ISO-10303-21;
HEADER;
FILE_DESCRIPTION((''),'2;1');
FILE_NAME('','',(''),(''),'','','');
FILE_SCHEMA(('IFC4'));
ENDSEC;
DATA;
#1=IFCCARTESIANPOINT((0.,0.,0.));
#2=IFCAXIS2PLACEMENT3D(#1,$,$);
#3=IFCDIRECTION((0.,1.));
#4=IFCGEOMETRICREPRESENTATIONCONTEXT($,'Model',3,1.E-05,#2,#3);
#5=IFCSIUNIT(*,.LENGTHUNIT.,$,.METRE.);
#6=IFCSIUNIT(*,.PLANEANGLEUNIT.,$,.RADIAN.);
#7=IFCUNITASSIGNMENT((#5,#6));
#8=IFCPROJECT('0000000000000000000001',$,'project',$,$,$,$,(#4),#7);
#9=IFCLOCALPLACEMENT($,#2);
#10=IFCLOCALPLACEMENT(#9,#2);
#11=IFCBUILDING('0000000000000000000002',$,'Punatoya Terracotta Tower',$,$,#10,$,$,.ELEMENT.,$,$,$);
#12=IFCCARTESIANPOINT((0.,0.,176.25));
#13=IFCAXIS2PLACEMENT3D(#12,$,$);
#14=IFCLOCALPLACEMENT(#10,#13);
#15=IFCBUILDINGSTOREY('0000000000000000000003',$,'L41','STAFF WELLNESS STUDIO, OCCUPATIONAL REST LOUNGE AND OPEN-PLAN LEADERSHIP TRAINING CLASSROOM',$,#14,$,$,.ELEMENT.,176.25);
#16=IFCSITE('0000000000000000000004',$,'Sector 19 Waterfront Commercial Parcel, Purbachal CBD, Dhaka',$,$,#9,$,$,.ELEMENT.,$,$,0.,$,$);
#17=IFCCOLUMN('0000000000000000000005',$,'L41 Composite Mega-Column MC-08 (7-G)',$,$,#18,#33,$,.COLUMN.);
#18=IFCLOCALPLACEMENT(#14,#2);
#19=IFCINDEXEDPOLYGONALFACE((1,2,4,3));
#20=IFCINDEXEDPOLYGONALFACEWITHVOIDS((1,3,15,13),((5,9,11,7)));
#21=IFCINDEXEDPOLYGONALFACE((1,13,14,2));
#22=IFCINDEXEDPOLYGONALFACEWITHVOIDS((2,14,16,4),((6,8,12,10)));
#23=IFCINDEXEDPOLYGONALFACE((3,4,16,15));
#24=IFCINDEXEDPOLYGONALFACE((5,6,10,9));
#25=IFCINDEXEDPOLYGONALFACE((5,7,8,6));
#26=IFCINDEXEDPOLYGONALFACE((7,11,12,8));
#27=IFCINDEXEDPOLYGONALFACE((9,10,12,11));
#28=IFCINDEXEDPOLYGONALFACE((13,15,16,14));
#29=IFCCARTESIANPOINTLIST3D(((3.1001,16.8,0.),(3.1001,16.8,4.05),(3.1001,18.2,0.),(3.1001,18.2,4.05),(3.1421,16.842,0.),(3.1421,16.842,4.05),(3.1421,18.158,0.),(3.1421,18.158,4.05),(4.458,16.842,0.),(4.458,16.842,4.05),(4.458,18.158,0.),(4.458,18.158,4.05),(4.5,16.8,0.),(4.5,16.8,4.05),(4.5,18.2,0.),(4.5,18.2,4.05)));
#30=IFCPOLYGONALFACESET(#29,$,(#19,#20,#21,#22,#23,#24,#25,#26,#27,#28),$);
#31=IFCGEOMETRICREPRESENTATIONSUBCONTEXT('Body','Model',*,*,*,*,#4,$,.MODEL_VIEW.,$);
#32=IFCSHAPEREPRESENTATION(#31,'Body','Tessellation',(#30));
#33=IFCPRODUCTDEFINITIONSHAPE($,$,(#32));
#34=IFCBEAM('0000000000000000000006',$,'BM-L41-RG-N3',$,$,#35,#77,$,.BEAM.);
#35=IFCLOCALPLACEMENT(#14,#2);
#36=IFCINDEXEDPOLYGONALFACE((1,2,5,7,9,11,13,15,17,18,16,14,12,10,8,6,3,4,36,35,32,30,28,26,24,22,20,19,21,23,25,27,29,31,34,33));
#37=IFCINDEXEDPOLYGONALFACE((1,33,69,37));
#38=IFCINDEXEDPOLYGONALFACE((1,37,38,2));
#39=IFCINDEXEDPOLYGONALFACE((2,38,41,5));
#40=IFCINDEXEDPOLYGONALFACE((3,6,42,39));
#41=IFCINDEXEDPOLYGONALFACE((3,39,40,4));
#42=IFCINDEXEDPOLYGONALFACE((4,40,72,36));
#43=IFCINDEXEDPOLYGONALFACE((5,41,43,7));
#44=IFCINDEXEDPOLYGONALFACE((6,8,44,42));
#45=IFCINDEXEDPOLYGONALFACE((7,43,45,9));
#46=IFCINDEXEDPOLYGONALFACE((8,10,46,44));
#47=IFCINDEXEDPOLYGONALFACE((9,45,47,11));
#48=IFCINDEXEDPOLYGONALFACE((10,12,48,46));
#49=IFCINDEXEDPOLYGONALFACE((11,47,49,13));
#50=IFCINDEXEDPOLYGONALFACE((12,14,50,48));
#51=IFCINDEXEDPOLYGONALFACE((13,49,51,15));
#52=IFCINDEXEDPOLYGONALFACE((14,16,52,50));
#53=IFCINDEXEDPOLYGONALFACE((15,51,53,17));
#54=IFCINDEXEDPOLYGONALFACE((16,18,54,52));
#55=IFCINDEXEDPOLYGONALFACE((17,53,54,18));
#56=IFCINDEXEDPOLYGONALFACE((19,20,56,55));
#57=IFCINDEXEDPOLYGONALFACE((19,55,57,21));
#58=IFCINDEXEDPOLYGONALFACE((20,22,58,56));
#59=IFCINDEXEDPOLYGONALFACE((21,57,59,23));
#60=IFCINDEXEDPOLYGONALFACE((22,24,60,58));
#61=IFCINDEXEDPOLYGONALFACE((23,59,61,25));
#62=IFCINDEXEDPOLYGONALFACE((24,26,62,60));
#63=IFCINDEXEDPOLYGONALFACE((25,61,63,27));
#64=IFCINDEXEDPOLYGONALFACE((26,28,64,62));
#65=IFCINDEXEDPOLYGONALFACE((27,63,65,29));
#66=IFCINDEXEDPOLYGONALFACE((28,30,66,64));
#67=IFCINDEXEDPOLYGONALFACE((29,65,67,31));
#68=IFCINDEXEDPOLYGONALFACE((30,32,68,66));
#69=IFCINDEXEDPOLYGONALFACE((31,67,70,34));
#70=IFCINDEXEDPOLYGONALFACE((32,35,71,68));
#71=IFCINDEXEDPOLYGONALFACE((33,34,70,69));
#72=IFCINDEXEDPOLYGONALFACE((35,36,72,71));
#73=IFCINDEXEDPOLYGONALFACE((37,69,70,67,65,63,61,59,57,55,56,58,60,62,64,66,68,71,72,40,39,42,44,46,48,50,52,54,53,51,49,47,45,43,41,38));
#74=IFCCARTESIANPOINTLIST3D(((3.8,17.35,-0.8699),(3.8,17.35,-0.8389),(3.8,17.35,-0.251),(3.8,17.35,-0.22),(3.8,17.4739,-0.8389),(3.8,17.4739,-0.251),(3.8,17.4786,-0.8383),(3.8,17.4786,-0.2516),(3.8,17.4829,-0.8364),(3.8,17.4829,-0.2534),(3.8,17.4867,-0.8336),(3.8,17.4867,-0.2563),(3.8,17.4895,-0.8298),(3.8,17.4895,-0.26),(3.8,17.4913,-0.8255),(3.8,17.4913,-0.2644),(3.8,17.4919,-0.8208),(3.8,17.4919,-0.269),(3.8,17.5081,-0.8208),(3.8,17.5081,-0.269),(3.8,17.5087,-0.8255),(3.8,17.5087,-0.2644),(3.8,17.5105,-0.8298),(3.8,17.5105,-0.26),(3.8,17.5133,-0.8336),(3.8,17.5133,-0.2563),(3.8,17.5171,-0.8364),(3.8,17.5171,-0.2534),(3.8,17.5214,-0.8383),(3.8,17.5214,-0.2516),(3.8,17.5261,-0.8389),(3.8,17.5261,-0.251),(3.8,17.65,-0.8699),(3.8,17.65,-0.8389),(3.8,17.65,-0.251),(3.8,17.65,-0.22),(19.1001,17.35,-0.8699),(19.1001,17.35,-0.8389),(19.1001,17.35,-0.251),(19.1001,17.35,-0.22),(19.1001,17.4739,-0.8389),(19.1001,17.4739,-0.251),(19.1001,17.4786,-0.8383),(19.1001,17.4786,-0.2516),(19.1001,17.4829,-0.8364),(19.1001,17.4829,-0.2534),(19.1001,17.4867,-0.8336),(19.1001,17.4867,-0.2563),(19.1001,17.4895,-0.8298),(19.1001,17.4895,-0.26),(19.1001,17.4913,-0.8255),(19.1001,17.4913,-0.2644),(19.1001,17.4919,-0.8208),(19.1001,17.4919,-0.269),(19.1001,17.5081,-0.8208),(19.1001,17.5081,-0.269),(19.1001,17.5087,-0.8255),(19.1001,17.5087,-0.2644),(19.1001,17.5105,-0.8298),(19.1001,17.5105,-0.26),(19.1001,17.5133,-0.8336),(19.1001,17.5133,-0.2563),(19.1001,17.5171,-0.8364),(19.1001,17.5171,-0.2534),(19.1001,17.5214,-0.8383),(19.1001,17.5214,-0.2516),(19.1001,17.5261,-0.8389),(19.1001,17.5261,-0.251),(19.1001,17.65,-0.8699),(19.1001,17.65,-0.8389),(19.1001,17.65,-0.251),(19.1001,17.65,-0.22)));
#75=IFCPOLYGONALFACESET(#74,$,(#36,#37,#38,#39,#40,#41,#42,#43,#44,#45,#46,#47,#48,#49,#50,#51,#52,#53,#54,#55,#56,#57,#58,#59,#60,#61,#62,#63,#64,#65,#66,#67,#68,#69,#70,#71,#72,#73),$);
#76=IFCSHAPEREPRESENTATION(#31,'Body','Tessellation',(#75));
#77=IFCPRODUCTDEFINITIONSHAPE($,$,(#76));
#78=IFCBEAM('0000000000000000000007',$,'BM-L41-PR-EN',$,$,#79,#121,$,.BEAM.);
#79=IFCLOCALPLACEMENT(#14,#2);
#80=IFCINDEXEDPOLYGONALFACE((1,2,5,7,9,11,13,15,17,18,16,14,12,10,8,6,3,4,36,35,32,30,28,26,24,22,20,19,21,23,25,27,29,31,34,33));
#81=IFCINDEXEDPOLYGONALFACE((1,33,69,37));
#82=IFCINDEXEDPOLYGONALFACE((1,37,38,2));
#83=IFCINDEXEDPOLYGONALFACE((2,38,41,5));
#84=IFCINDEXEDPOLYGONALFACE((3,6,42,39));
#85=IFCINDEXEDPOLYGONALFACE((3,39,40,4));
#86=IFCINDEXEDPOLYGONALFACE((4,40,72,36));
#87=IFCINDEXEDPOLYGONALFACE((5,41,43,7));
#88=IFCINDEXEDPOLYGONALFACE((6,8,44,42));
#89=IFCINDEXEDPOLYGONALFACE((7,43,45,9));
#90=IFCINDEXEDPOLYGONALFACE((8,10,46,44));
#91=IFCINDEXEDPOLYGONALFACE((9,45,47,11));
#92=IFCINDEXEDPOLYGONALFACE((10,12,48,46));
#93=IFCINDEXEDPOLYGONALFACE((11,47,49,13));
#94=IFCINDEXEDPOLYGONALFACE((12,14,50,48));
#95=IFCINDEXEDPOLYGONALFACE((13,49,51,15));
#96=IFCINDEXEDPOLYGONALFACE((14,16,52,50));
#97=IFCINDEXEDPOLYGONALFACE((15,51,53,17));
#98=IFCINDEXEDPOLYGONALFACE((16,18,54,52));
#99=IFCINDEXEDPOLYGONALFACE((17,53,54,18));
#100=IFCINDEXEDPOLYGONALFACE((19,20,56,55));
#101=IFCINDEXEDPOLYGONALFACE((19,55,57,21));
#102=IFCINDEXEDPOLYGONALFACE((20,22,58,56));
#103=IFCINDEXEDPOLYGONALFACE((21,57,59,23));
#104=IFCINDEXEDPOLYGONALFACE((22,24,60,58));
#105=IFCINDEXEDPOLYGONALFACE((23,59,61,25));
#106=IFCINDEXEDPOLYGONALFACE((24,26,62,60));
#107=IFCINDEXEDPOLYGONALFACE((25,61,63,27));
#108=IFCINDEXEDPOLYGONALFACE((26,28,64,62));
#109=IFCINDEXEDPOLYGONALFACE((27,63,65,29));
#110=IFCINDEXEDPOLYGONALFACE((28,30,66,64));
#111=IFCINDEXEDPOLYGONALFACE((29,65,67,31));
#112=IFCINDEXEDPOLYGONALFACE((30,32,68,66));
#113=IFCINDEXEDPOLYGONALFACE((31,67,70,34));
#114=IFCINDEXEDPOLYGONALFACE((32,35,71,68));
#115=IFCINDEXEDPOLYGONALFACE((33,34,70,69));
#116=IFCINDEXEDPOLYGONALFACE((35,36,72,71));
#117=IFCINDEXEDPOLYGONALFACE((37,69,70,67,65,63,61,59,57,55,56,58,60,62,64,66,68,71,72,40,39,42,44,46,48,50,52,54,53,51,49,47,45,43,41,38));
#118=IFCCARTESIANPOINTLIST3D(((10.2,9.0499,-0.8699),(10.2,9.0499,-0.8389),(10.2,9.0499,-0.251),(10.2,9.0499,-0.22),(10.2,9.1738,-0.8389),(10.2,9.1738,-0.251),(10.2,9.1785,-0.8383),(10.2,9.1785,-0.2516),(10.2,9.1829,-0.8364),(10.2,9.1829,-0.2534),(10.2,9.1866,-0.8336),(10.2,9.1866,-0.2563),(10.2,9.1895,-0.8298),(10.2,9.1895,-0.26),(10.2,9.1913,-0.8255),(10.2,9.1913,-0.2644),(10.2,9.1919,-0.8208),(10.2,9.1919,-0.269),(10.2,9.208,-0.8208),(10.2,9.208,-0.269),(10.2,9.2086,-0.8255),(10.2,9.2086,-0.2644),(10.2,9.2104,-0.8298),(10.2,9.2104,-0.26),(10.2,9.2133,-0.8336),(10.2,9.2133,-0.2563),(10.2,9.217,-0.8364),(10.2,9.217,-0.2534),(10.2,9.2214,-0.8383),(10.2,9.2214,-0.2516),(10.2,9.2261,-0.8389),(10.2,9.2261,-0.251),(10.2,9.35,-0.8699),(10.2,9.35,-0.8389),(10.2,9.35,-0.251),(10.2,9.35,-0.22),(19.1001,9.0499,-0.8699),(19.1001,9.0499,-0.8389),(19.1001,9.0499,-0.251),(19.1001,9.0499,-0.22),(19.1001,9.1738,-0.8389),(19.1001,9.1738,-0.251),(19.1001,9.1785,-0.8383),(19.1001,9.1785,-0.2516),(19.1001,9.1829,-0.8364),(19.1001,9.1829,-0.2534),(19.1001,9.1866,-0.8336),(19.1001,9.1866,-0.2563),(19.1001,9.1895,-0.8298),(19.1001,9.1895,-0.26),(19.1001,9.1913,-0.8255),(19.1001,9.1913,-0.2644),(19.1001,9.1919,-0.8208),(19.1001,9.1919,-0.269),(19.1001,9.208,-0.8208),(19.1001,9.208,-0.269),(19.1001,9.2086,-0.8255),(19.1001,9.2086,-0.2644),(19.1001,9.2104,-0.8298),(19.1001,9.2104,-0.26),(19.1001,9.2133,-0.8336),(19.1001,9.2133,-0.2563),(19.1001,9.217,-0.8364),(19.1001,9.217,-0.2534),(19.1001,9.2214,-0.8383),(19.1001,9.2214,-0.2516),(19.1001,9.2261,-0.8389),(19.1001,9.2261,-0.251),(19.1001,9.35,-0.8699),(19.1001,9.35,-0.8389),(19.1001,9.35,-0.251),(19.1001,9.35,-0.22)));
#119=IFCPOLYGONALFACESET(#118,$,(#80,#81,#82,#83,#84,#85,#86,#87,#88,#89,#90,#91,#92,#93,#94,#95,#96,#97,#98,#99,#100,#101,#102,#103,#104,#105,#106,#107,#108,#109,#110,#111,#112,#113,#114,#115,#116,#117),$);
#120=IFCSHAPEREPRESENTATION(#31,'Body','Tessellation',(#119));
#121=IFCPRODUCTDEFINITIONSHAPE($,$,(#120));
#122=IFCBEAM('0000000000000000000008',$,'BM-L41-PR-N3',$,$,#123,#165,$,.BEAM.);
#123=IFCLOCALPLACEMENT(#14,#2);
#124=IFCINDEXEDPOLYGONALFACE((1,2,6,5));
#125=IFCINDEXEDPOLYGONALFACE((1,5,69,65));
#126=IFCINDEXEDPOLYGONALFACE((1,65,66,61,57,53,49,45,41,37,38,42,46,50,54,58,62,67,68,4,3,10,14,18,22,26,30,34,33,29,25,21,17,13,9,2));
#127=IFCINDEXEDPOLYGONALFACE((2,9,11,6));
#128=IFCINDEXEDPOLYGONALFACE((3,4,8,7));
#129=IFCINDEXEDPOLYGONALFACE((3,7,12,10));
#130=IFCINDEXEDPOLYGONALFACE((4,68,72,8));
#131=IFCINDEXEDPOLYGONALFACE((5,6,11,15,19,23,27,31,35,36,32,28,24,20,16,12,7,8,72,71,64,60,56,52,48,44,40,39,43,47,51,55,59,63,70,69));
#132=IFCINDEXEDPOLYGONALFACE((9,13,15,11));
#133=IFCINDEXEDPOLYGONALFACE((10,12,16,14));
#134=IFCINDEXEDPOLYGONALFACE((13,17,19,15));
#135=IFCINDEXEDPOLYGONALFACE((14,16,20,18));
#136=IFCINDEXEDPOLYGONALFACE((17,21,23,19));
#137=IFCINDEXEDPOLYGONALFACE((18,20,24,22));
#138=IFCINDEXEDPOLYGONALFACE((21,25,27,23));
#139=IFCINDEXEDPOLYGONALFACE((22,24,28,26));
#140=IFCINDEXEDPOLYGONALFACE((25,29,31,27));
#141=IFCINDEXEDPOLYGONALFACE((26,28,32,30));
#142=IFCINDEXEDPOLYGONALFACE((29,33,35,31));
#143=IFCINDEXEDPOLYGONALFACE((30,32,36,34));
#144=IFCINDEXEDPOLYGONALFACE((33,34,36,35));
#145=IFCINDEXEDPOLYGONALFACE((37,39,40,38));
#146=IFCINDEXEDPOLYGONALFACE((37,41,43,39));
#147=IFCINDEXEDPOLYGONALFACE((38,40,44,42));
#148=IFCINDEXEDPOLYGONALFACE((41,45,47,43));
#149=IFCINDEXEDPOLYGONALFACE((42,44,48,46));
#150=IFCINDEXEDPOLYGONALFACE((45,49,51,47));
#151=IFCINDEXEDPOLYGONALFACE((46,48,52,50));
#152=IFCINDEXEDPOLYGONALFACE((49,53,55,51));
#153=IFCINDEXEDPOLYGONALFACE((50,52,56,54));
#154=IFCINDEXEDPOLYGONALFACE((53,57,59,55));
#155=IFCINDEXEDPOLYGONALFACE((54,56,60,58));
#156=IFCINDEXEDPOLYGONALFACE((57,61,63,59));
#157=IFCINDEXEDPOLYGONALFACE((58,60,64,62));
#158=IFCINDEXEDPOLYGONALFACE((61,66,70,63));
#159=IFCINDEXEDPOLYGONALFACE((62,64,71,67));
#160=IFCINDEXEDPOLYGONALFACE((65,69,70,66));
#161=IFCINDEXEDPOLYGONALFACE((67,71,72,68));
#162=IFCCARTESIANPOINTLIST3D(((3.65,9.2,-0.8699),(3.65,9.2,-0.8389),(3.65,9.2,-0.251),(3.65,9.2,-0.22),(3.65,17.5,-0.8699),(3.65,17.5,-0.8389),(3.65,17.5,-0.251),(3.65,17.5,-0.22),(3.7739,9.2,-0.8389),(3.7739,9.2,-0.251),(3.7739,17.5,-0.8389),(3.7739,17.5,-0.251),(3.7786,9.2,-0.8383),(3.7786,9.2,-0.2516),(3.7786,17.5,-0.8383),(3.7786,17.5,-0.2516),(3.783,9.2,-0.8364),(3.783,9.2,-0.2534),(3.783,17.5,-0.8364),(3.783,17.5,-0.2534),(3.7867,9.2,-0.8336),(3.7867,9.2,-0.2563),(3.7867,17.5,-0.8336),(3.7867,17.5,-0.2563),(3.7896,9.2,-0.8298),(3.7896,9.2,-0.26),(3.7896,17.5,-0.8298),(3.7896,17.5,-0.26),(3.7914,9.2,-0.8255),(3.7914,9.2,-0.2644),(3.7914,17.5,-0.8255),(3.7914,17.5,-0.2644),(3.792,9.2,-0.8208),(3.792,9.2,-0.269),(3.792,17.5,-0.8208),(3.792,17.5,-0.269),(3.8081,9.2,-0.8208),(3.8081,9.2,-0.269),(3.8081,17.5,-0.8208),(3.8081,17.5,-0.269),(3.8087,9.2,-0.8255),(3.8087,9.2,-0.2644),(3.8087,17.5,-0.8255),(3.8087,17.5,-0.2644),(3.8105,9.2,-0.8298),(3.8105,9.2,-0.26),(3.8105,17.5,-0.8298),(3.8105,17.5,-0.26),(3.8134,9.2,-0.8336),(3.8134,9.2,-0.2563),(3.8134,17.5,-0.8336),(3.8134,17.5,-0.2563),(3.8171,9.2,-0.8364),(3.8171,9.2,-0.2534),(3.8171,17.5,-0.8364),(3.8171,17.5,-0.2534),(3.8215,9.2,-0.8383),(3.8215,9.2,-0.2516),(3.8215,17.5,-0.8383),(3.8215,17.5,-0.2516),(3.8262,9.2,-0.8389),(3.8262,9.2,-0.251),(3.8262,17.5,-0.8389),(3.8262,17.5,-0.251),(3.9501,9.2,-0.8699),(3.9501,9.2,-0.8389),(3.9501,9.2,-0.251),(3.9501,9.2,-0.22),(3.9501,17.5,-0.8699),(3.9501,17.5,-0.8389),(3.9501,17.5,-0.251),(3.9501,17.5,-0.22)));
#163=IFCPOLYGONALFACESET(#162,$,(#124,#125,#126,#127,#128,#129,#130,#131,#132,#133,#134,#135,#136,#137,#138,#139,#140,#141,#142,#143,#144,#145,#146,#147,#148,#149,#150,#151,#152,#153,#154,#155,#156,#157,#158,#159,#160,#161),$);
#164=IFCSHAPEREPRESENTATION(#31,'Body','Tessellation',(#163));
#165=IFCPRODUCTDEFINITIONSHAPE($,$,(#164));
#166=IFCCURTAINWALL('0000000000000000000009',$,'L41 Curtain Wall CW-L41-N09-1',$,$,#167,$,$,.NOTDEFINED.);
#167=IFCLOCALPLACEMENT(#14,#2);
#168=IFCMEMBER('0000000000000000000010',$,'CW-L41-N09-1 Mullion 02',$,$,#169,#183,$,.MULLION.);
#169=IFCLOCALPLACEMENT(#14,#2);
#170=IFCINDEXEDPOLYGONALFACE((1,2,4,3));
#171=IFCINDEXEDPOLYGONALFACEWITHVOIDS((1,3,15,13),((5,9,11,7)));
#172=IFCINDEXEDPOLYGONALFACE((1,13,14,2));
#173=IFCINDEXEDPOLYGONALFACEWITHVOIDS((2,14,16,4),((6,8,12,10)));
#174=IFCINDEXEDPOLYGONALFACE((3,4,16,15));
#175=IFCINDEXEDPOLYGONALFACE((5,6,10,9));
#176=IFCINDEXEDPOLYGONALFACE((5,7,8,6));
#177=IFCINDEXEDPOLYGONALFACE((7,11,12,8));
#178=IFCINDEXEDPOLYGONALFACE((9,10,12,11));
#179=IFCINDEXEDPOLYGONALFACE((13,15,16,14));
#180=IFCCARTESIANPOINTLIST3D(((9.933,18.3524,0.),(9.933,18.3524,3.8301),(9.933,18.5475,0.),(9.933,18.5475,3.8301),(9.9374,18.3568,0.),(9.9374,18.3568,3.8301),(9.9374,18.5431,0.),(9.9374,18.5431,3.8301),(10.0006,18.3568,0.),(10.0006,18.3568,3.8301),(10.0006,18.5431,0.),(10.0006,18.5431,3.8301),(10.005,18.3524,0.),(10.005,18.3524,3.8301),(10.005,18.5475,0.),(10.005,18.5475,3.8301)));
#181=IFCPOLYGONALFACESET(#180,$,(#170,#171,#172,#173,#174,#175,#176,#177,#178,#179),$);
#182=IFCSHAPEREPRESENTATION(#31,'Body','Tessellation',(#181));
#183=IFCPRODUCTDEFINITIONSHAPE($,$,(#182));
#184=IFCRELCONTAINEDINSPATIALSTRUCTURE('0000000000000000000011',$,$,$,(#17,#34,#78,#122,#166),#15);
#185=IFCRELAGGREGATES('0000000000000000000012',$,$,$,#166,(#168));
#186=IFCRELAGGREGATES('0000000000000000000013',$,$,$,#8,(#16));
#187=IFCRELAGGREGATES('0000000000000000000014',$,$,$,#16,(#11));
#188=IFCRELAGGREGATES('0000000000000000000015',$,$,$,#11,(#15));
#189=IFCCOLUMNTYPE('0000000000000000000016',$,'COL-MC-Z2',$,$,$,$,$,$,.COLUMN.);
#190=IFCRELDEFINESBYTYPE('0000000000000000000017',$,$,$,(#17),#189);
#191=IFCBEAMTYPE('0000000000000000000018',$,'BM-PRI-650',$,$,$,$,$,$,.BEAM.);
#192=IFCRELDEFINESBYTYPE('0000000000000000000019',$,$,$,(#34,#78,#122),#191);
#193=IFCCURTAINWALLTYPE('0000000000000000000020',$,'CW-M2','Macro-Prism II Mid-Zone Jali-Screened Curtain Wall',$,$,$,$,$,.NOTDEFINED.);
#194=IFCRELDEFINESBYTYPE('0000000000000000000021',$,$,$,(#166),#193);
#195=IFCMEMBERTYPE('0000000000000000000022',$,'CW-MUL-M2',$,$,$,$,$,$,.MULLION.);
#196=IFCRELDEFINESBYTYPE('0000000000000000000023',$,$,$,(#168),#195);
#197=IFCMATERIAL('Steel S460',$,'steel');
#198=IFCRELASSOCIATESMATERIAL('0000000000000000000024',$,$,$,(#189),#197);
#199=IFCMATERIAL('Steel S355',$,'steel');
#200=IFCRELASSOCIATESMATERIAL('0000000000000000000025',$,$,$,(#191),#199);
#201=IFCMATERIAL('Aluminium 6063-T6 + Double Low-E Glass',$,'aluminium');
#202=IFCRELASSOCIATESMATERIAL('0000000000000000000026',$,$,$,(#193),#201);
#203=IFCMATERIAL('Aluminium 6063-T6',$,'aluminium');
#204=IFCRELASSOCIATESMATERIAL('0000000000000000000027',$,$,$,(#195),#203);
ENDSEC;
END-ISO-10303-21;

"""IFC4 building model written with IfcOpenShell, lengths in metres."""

from ifc_helpers import new_model, si_unit, direction, frame, origin, origin_2d, place, context, subcontext, project, spatial, hollow_rectangle, i_section, extrude, material, material_profile, profile_set, type_object, element, aggregate, save


model = new_model("IFC4")

# Units and contexts
model_context = context("Model", 3, precision=1e-05, world=origin(), true_north=direction((0.0, 1.0)))
body_context = subcontext(model_context, "Body", "Model", "MODEL_VIEW")
ifc_project = project(units=[si_unit("LENGTHUNIT", "METRE"), si_unit("PLANEANGLEUNIT", "RADIAN")], contexts=[model_context])

# Site, building, storey
site_placement = place(None, origin())
site = spatial("IfcSite", under=ifc_project, at=site_placement, Name="Sector 19 Waterfront Commercial Parcel, Purbachal CBD, Dhaka", CompositionType="ELEMENT", RefElevation=0.0)
building_placement = place(site_placement, origin())
building = spatial("IfcBuilding", under=site, at=building_placement, Name="Punatoya Terracotta Tower", CompositionType="ELEMENT")
storey_placement = place(building_placement, frame((0.0, 0.0, 176.25)))
storey = spatial("IfcBuildingStorey", under=building, at=storey_placement, Name="L41", Description="STAFF WELLNESS STUDIO, OCCUPATIONAL REST LOUNGE AND OPEN-PLAN LEADERSHIP TRAINING CLASSROOM", CompositionType="ELEMENT", Elevation=176.25)

# Column
ifc_material_1 = material(Name="Steel S460", Category="steel")
ifc_material_profile_1 = material_profile(ifc_material_1, hollow_rectangle(XDim=1.3999, YDim=1.3999, WallThickness=0.042, at=origin_2d()))
ifc_profile_set_1 = profile_set([ifc_material_profile_1], Name="Steel S460")
column_type = type_object("IfcColumnType", Name="COL-MC-Z2", PredefinedType="COLUMN", material=ifc_profile_set_1)
column_placement = place(storey_placement, frame((3.8, 17.5, 0.0), z_axis=(0.0, 0.0, 1.0), x_axis=(1.0, 0.0, 0.0)))
element("IfcColumn", 1, at=column_placement, inside=storey, type_object=column_type, Name="L41 Composite Mega-Column MC-08 (7-G)", PredefinedType="COLUMN", context=body_context, shape_type="SweptSolid", body=[
    extrude(hollow_rectangle(XDim=1.3999, YDim=1.3999, WallThickness=0.042, at=origin_2d()), origin(), (0.0, 0.0, 1.0), 4.05),
])

# Beams
ifc_material_2 = material(Name="Steel S355", Category="steel")
ifc_material_profile_2 = material_profile(ifc_material_2, i_section(OverallWidth=0.3, OverallDepth=0.6499, WebThickness=0.0161, FlangeThickness=0.031, FilletRadius=0.0181, at=origin_2d()))
ifc_profile_set_2 = profile_set([ifc_material_profile_2], Name="Steel S355")
beam_type = type_object("IfcBeamType", Name="BM-PRI-650", PredefinedType="BEAM", material=ifc_profile_set_2)
beam_1_placement = place(storey_placement, frame((3.8, 17.5, -0.5449), z_axis=(1.0, 0.0, 0.0), x_axis=(0.0, 1.0, 0.0)))
element("IfcBeam", 2, at=beam_1_placement, inside=storey, type_object=beam_type, Name="BM-L41-RG-N3", PredefinedType="BEAM", context=body_context, shape_type="SweptSolid", body=[
    extrude(i_section(OverallWidth=0.3, OverallDepth=0.6499, WebThickness=0.0161, FlangeThickness=0.031, FilletRadius=0.0181, at=origin_2d()), origin(), (0.0, 0.0, 1.0), 15.3),
])
beam_2_placement = place(storey_placement, frame((10.2, 9.2, -0.5449), z_axis=(1.0, 0.0, 0.0), x_axis=(0.0, 1.0, 0.0)))
element("IfcBeam", 3, at=beam_2_placement, inside=storey, type_object=beam_type, Name="BM-L41-PR-EN", PredefinedType="BEAM", context=body_context, shape_type="SweptSolid", body=[
    extrude(i_section(OverallWidth=0.3, OverallDepth=0.6499, WebThickness=0.0161, FlangeThickness=0.031, FilletRadius=0.0181, at=origin_2d()), origin(), (0.0, 0.0, 1.0), 8.9001),
])
beam_3_placement = place(storey_placement, frame((3.8, 9.2, -0.5449), z_axis=(0.0, 1.0, 0.0), x_axis=(-1.0, 0.0, 0.0)))
element("IfcBeam", 4, at=beam_3_placement, inside=storey, type_object=beam_type, Name="BM-L41-PR-N3", PredefinedType="BEAM", context=body_context, shape_type="SweptSolid", body=[
    extrude(i_section(OverallWidth=0.3, OverallDepth=0.6499, WebThickness=0.0161, FlangeThickness=0.031, FilletRadius=0.0181, at=origin_2d()), origin(), (0.0, 0.0, 1.0), 8.3),
])

# Curtain wall, member
ifc_material_3 = material(Name="Aluminium 6063-T6 + Double Low-E Glass", Category="aluminium")
curtain_wall_type = type_object("IfcCurtainWallType", Name="CW-M2", Description="Macro-Prism II Mid-Zone Jali-Screened Curtain Wall", PredefinedType="NOTDEFINED", material=ifc_material_3)
curtain_wall_placement = place(storey_placement, origin())
curtain_wall = element("IfcCurtainWall", 5, at=curtain_wall_placement, inside=storey, type_object=curtain_wall_type, Name="L41 Curtain Wall CW-L41-N09-1", PredefinedType="NOTDEFINED")
ifc_material_4 = material(Name="Aluminium 6063-T6", Category="aluminium")
ifc_material_profile_3 = material_profile(ifc_material_4, hollow_rectangle(XDim=0.072, YDim=0.1951, WallThickness=0.0044, at=origin_2d()))
ifc_profile_set_3 = profile_set([ifc_material_profile_3], Name="Aluminium 6063-T6")
member_type = type_object("IfcMemberType", Name="CW-MUL-M2", PredefinedType="MULLION", material=ifc_profile_set_3)
member_1_placement = place(storey_placement, frame((9.969, 18.45, 0.0), z_axis=(0.0, 0.0, 1.0), x_axis=(1.0, 0.0, 0.0)))
member_1 = element("IfcMember", 6, at=member_1_placement, type_object=member_type, Name="CW-L41-N09-1 Mullion 02", PredefinedType="MULLION", context=body_context, shape_type="SweptSolid", body=[
    extrude(hollow_rectangle(XDim=0.072, YDim=0.1951, WallThickness=0.0044, at=origin_2d()), origin(), (0.0, 0.0, 1.0), 3.8301),
])
aggregate(curtain_wall, [member_1])

save(model, "model.ifc")
